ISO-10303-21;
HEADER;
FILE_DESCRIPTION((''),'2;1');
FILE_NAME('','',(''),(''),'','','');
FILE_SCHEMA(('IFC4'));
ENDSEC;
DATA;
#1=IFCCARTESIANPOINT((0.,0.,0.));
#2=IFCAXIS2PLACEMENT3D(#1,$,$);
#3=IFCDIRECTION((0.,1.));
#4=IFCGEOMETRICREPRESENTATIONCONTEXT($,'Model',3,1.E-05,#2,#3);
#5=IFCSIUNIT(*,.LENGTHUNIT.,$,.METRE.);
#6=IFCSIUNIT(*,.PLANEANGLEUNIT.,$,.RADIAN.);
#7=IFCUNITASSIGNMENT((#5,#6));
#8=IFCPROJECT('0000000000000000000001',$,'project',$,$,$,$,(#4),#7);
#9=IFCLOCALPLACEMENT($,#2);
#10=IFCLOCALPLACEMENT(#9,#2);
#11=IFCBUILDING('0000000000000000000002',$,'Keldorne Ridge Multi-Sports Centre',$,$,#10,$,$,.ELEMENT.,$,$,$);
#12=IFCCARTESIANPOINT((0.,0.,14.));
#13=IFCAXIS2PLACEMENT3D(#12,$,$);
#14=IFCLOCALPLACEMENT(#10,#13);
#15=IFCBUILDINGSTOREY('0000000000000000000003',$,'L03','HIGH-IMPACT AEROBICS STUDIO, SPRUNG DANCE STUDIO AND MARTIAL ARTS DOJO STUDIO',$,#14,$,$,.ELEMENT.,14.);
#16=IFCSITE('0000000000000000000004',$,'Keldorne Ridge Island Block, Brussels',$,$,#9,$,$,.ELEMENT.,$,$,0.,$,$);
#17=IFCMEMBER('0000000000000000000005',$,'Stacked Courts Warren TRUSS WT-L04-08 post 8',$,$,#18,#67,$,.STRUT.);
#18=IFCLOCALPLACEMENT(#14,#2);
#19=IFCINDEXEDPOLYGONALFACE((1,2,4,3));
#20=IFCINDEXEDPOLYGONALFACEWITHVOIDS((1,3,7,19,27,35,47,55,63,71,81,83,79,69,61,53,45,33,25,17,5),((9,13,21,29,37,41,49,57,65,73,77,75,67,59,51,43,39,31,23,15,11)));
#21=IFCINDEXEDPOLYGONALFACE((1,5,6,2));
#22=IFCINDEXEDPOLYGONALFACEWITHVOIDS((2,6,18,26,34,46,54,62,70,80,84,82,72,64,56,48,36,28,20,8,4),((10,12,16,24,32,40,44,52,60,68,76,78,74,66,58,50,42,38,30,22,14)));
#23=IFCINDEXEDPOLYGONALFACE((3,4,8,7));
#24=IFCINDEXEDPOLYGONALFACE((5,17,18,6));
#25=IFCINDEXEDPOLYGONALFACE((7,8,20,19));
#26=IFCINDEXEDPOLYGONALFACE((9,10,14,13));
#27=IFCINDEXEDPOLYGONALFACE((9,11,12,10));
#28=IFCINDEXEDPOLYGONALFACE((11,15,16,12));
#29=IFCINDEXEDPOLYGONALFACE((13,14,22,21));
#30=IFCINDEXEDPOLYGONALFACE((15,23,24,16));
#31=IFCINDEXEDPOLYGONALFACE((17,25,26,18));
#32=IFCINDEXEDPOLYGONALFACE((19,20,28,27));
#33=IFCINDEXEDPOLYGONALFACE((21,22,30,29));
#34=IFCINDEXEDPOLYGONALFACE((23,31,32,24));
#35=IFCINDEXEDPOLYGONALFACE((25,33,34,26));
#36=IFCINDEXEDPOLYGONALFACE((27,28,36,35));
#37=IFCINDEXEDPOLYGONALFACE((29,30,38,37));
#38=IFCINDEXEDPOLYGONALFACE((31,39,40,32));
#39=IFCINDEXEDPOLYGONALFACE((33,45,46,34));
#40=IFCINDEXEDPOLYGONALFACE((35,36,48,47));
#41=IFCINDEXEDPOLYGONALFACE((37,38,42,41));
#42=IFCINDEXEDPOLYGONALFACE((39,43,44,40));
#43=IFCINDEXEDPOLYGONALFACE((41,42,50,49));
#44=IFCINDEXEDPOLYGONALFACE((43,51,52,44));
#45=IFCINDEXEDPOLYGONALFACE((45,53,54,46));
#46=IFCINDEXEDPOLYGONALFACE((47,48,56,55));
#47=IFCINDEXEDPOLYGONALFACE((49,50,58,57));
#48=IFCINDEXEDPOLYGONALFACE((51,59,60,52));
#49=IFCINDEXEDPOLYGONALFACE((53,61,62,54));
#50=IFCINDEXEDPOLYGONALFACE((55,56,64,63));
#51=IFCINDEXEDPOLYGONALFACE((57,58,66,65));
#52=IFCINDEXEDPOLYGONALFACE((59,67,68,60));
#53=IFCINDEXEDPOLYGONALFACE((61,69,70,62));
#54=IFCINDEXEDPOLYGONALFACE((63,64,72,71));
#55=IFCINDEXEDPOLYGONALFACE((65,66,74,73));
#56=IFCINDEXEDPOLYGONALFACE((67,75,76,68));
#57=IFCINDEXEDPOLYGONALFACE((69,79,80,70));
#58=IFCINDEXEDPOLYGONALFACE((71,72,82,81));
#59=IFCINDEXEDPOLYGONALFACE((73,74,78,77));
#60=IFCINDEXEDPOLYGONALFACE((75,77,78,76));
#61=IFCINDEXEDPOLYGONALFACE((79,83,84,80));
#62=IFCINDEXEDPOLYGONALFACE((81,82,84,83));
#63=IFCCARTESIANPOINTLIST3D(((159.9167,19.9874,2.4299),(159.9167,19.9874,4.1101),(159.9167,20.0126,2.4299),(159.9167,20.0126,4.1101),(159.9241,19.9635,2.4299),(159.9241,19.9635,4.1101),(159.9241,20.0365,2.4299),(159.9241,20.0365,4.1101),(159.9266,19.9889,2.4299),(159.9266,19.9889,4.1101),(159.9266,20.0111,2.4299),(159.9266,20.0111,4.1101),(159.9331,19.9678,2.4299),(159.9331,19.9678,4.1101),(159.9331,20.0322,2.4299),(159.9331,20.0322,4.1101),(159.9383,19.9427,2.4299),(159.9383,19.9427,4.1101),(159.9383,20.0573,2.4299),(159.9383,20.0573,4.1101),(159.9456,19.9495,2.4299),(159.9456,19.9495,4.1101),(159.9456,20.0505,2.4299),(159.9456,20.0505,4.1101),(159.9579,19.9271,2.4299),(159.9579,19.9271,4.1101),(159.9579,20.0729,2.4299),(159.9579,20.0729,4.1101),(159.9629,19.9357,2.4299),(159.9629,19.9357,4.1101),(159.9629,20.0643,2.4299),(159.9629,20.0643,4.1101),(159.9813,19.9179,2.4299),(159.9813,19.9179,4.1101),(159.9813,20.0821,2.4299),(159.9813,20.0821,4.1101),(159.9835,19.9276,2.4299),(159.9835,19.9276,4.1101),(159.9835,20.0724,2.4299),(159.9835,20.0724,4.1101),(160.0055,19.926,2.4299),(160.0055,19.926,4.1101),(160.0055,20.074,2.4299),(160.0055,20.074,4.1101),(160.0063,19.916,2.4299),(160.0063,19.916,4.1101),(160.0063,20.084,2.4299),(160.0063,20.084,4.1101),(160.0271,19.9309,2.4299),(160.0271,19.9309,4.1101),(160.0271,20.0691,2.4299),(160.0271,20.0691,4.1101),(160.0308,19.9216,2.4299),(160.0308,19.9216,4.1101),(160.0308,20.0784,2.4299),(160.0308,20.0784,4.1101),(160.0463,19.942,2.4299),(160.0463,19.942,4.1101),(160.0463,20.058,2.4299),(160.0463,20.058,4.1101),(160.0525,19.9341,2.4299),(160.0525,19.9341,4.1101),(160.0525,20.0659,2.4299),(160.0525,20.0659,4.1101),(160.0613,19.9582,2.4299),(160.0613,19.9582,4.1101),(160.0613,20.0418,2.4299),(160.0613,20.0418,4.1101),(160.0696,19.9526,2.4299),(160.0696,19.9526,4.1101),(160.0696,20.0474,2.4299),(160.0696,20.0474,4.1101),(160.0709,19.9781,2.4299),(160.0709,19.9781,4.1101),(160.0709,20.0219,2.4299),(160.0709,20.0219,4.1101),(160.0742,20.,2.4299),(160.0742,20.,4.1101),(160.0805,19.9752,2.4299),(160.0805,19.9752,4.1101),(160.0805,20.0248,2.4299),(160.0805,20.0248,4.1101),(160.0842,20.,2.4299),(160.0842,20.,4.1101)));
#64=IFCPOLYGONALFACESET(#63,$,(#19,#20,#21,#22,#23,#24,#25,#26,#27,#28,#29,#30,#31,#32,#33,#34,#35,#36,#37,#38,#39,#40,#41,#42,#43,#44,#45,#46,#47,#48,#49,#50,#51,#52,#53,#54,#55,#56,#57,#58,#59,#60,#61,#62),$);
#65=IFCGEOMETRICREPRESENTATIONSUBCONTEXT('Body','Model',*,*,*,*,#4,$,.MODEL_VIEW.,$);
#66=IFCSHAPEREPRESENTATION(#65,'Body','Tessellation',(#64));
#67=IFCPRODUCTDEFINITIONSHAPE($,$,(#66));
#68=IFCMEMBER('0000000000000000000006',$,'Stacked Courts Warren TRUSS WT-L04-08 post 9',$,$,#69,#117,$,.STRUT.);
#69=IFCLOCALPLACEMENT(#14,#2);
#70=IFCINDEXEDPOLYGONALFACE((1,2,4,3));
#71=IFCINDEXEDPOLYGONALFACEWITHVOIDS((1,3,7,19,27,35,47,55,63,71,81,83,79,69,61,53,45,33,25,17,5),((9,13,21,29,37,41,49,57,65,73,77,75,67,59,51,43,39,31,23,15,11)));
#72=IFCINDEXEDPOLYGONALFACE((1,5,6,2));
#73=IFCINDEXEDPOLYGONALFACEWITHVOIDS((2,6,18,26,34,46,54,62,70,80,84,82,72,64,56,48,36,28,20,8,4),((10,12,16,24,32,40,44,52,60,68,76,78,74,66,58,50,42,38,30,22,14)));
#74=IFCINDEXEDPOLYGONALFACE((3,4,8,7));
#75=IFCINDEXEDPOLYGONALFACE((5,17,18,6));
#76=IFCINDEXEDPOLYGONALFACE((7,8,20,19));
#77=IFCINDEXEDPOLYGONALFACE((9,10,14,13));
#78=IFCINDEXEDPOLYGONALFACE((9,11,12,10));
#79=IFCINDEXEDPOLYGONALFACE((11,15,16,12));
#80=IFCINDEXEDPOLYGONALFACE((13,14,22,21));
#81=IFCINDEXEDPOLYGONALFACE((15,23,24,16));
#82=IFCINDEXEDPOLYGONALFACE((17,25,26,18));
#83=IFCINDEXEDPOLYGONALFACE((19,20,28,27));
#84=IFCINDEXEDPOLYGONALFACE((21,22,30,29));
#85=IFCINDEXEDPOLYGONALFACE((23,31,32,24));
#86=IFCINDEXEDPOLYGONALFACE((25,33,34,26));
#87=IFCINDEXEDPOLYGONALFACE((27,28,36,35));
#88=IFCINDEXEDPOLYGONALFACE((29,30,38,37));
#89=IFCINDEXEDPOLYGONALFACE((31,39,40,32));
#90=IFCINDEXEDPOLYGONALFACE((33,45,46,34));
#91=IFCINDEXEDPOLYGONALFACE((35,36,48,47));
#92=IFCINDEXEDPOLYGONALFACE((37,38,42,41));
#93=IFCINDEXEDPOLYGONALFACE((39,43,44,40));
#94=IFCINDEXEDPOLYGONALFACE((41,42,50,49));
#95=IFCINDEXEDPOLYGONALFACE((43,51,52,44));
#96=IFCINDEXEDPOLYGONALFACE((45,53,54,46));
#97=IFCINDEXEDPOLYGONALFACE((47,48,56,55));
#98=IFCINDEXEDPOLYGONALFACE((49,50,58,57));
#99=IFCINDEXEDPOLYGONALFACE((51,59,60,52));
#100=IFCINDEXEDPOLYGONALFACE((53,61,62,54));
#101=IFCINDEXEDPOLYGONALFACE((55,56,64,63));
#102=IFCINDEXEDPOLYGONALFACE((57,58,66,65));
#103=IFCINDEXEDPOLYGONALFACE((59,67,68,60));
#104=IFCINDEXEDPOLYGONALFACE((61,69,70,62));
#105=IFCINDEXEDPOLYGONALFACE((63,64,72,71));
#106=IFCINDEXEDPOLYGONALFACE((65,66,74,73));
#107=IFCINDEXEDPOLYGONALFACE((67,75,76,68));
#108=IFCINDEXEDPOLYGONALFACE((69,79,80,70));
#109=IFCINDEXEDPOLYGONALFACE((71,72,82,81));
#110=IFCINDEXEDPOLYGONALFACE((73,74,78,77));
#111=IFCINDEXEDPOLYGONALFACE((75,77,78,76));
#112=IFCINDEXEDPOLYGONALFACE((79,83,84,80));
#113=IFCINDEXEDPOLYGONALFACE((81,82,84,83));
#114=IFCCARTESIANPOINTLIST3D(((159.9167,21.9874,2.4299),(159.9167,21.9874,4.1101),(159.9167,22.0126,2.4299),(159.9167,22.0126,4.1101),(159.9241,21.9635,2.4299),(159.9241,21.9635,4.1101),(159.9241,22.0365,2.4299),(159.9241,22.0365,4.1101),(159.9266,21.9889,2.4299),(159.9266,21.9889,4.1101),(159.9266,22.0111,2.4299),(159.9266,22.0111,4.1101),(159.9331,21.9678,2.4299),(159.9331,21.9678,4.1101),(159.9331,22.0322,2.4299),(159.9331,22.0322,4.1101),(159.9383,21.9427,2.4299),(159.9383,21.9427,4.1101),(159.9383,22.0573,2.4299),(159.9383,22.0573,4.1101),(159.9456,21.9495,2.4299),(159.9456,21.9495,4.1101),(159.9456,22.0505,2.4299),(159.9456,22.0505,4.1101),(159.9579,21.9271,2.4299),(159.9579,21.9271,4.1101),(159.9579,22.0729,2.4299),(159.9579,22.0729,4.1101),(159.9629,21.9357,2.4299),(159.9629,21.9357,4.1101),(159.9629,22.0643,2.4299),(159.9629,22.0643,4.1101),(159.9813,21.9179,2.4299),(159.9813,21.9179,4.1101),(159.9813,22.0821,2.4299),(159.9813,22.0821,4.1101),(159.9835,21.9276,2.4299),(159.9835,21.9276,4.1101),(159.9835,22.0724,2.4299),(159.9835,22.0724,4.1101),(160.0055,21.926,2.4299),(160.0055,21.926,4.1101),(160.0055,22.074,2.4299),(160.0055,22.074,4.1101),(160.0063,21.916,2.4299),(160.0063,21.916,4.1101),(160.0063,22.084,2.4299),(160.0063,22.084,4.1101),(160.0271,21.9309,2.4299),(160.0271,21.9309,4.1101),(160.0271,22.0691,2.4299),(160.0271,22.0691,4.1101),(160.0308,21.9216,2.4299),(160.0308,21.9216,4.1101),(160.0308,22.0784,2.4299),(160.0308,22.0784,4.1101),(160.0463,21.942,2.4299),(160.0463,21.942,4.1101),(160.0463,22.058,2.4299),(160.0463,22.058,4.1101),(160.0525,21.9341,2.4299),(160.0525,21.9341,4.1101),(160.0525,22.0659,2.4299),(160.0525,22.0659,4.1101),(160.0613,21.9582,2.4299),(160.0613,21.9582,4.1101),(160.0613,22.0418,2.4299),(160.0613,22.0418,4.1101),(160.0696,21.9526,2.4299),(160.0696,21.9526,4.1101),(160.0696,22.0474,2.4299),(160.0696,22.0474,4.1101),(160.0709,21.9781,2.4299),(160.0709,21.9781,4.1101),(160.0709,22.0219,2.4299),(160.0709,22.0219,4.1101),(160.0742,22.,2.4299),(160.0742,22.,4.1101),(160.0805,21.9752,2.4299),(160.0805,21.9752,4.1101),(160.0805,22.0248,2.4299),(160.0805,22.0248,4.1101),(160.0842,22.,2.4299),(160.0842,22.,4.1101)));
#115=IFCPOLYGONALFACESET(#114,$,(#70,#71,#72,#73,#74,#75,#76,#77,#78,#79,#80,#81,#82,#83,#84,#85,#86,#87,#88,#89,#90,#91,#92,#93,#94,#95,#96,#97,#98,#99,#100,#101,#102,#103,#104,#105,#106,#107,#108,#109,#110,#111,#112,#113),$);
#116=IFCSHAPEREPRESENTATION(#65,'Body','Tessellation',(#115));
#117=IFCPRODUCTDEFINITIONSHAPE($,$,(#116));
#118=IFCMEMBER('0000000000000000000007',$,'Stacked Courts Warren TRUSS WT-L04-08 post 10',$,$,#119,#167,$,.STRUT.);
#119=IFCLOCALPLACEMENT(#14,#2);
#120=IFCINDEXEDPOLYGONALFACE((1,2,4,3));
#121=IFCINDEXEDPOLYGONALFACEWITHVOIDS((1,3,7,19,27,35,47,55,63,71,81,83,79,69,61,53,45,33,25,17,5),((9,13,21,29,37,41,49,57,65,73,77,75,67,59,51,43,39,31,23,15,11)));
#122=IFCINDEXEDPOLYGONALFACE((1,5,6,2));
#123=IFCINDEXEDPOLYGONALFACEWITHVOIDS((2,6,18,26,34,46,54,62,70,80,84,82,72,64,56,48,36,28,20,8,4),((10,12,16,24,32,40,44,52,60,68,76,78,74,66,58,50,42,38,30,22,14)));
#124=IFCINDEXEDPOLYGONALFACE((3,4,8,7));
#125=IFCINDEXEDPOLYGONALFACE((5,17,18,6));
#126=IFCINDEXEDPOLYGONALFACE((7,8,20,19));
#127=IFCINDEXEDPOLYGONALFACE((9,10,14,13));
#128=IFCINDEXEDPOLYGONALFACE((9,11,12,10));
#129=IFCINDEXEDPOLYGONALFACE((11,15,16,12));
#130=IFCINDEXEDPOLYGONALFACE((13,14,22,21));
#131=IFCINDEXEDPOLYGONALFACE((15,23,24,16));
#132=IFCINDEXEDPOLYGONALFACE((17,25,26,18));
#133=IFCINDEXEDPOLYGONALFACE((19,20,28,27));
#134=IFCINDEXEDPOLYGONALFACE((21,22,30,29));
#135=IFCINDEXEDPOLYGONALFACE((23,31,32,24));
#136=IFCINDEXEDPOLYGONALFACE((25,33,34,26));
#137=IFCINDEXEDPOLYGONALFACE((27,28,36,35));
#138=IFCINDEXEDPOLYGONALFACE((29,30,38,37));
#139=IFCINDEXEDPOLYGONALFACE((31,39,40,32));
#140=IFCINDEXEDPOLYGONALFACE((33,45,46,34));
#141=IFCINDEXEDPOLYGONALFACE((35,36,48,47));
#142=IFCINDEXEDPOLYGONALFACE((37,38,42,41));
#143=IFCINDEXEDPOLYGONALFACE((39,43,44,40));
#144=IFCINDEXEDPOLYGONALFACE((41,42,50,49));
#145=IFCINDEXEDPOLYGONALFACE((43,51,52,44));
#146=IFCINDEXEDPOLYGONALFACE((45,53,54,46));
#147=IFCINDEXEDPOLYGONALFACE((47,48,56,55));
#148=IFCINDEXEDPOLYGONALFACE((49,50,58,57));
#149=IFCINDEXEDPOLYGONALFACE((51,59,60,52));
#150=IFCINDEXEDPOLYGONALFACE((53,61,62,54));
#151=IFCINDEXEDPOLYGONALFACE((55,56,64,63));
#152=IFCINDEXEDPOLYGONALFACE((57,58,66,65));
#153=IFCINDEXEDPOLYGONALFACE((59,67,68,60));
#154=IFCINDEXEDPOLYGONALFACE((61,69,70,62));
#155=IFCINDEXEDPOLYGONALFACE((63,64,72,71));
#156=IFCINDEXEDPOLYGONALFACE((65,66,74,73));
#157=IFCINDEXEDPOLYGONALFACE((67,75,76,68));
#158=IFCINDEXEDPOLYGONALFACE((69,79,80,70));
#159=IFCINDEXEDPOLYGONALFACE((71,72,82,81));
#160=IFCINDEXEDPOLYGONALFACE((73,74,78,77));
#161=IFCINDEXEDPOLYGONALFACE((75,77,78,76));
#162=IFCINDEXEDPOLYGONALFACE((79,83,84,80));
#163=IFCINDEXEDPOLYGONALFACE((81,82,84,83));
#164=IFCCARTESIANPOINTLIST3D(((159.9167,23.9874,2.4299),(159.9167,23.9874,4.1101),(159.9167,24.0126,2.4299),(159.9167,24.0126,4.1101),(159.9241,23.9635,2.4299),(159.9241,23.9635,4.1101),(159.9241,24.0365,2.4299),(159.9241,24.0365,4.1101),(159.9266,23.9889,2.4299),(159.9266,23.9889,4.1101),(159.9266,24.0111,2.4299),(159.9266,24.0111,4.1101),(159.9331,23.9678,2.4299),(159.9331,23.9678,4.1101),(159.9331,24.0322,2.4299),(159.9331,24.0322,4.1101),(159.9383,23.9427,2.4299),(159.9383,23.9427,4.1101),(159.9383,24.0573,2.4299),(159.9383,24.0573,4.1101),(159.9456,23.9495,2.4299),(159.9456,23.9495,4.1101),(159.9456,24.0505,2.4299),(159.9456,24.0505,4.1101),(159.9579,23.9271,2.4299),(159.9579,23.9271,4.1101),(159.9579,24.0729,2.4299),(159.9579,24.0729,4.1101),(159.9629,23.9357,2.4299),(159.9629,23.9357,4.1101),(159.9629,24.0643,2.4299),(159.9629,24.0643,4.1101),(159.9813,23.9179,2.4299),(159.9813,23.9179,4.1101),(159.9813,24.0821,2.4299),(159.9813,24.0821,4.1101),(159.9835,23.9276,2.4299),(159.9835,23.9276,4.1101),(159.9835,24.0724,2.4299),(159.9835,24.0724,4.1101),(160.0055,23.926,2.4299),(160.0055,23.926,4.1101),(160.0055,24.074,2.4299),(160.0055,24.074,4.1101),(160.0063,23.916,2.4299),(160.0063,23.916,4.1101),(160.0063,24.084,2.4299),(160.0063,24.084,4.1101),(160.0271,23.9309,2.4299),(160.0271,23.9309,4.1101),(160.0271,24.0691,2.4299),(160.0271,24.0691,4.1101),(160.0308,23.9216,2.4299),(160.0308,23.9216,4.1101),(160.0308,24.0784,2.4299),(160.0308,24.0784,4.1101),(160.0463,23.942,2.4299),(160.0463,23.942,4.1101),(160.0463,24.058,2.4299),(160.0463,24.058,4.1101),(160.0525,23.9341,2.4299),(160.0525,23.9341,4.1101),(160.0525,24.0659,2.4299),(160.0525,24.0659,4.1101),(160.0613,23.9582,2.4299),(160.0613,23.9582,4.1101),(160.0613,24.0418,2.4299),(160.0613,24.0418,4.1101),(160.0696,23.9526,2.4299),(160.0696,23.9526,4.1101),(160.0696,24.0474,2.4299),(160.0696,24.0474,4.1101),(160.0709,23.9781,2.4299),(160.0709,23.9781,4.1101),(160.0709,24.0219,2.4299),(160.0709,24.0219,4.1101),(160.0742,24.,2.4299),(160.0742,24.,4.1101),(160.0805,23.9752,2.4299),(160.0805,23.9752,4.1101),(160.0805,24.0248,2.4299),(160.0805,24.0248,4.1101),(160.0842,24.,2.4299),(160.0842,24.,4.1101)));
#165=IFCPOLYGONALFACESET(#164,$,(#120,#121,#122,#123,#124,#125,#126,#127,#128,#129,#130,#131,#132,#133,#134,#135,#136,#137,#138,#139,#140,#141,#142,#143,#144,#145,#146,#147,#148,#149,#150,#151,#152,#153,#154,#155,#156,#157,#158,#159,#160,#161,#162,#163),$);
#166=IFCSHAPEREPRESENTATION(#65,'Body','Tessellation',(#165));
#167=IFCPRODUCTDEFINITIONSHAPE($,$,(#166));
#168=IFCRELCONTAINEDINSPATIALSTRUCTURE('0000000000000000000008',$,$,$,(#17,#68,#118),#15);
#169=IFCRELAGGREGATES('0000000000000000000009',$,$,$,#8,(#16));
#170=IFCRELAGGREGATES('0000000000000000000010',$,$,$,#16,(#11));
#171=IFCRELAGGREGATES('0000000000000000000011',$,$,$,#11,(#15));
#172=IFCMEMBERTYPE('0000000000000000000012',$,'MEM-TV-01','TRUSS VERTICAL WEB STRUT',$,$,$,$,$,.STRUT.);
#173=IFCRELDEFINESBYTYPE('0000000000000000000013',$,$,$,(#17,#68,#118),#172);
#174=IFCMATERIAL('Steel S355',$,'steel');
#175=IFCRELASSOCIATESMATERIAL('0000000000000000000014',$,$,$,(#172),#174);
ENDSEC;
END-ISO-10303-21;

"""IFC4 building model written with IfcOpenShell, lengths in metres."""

from ifc_helpers import new_model, si_unit, direction, frame, origin, origin_2d, place, context, subcontext, project, spatial, hollow_circle, extrude, material, material_profile, profile_set, type_object, element, save


model = new_model("IFC4")

# Units and contexts
model_context = context("Model", 3, precision=1e-05, world=origin(), true_north=direction((0.0, 1.0)))
body_context = subcontext(model_context, "Body", "Model", "MODEL_VIEW")
ifc_project = project(units=[si_unit("LENGTHUNIT", "METRE"), si_unit("PLANEANGLEUNIT", "RADIAN")], contexts=[model_context])

# Site, building, storey
site_placement = place(None, origin())
site = spatial("IfcSite", under=ifc_project, at=site_placement, Name="Keldorne Ridge Island Block, Brussels", CompositionType="ELEMENT", RefElevation=0.0)
building_placement = place(site_placement, origin())
building = spatial("IfcBuilding", under=site, at=building_placement, Name="Keldorne Ridge Multi-Sports Centre", CompositionType="ELEMENT")
storey_placement = place(building_placement, frame((0.0, 0.0, 14.0)))
storey = spatial("IfcBuildingStorey", under=building, at=storey_placement, Name="L03", Description="HIGH-IMPACT AEROBICS STUDIO, SPRUNG DANCE STUDIO AND MARTIAL ARTS DOJO STUDIO", CompositionType="ELEMENT", Elevation=14.0)

# Members
ifc_material = material(Name="Steel S355", Category="steel")
ifc_material_profile_1 = material_profile(ifc_material, hollow_circle(Radius=0.0842, WallThickness=0.01, at=origin_2d()), Name="CHS 168.3x10")
ifc_profile_set_1 = profile_set([ifc_material_profile_1], Name="Steel S355")
member_type_1 = type_object("IfcMemberType", Name="MEM-TV-01", Description="TRUSS VERTICAL WEB STRUT", PredefinedType="STRUT", material=ifc_profile_set_1)
for number, where, z_axis, x_axis, name in (
    (1, (160.0, 20.0, 2.4299), (0.0, 0.0, 1.0), (1.0, 0.0, 0.0), "Stacked Courts Warren TRUSS WT-L04-08 post 8"),
    (2, (160.0, 22.0, 2.4299), (0.0, 0.0, 1.0), (1.0, 0.0, 0.0), "Stacked Courts Warren TRUSS WT-L04-08 post 9"),
    (3, (160.0, 24.0, 2.4299), (0.0, 0.0, 1.0), (1.0, 0.0, 0.0), "Stacked Courts Warren TRUSS WT-L04-08 post 10"),
):
    element("IfcMember", number, at=place(storey_placement, frame(where, z_axis=z_axis, x_axis=x_axis)), inside=storey, type_object=member_type_1, Name=name, PredefinedType="STRUT", context=body_context, shape_type="SweptSolid", body=[
        extrude(hollow_circle(Radius=0.0842, WallThickness=0.01, at=origin_2d()), origin(), (0.0, 0.0, 1.0), 1.6802),
    ])

save(model, "model.ifc")
